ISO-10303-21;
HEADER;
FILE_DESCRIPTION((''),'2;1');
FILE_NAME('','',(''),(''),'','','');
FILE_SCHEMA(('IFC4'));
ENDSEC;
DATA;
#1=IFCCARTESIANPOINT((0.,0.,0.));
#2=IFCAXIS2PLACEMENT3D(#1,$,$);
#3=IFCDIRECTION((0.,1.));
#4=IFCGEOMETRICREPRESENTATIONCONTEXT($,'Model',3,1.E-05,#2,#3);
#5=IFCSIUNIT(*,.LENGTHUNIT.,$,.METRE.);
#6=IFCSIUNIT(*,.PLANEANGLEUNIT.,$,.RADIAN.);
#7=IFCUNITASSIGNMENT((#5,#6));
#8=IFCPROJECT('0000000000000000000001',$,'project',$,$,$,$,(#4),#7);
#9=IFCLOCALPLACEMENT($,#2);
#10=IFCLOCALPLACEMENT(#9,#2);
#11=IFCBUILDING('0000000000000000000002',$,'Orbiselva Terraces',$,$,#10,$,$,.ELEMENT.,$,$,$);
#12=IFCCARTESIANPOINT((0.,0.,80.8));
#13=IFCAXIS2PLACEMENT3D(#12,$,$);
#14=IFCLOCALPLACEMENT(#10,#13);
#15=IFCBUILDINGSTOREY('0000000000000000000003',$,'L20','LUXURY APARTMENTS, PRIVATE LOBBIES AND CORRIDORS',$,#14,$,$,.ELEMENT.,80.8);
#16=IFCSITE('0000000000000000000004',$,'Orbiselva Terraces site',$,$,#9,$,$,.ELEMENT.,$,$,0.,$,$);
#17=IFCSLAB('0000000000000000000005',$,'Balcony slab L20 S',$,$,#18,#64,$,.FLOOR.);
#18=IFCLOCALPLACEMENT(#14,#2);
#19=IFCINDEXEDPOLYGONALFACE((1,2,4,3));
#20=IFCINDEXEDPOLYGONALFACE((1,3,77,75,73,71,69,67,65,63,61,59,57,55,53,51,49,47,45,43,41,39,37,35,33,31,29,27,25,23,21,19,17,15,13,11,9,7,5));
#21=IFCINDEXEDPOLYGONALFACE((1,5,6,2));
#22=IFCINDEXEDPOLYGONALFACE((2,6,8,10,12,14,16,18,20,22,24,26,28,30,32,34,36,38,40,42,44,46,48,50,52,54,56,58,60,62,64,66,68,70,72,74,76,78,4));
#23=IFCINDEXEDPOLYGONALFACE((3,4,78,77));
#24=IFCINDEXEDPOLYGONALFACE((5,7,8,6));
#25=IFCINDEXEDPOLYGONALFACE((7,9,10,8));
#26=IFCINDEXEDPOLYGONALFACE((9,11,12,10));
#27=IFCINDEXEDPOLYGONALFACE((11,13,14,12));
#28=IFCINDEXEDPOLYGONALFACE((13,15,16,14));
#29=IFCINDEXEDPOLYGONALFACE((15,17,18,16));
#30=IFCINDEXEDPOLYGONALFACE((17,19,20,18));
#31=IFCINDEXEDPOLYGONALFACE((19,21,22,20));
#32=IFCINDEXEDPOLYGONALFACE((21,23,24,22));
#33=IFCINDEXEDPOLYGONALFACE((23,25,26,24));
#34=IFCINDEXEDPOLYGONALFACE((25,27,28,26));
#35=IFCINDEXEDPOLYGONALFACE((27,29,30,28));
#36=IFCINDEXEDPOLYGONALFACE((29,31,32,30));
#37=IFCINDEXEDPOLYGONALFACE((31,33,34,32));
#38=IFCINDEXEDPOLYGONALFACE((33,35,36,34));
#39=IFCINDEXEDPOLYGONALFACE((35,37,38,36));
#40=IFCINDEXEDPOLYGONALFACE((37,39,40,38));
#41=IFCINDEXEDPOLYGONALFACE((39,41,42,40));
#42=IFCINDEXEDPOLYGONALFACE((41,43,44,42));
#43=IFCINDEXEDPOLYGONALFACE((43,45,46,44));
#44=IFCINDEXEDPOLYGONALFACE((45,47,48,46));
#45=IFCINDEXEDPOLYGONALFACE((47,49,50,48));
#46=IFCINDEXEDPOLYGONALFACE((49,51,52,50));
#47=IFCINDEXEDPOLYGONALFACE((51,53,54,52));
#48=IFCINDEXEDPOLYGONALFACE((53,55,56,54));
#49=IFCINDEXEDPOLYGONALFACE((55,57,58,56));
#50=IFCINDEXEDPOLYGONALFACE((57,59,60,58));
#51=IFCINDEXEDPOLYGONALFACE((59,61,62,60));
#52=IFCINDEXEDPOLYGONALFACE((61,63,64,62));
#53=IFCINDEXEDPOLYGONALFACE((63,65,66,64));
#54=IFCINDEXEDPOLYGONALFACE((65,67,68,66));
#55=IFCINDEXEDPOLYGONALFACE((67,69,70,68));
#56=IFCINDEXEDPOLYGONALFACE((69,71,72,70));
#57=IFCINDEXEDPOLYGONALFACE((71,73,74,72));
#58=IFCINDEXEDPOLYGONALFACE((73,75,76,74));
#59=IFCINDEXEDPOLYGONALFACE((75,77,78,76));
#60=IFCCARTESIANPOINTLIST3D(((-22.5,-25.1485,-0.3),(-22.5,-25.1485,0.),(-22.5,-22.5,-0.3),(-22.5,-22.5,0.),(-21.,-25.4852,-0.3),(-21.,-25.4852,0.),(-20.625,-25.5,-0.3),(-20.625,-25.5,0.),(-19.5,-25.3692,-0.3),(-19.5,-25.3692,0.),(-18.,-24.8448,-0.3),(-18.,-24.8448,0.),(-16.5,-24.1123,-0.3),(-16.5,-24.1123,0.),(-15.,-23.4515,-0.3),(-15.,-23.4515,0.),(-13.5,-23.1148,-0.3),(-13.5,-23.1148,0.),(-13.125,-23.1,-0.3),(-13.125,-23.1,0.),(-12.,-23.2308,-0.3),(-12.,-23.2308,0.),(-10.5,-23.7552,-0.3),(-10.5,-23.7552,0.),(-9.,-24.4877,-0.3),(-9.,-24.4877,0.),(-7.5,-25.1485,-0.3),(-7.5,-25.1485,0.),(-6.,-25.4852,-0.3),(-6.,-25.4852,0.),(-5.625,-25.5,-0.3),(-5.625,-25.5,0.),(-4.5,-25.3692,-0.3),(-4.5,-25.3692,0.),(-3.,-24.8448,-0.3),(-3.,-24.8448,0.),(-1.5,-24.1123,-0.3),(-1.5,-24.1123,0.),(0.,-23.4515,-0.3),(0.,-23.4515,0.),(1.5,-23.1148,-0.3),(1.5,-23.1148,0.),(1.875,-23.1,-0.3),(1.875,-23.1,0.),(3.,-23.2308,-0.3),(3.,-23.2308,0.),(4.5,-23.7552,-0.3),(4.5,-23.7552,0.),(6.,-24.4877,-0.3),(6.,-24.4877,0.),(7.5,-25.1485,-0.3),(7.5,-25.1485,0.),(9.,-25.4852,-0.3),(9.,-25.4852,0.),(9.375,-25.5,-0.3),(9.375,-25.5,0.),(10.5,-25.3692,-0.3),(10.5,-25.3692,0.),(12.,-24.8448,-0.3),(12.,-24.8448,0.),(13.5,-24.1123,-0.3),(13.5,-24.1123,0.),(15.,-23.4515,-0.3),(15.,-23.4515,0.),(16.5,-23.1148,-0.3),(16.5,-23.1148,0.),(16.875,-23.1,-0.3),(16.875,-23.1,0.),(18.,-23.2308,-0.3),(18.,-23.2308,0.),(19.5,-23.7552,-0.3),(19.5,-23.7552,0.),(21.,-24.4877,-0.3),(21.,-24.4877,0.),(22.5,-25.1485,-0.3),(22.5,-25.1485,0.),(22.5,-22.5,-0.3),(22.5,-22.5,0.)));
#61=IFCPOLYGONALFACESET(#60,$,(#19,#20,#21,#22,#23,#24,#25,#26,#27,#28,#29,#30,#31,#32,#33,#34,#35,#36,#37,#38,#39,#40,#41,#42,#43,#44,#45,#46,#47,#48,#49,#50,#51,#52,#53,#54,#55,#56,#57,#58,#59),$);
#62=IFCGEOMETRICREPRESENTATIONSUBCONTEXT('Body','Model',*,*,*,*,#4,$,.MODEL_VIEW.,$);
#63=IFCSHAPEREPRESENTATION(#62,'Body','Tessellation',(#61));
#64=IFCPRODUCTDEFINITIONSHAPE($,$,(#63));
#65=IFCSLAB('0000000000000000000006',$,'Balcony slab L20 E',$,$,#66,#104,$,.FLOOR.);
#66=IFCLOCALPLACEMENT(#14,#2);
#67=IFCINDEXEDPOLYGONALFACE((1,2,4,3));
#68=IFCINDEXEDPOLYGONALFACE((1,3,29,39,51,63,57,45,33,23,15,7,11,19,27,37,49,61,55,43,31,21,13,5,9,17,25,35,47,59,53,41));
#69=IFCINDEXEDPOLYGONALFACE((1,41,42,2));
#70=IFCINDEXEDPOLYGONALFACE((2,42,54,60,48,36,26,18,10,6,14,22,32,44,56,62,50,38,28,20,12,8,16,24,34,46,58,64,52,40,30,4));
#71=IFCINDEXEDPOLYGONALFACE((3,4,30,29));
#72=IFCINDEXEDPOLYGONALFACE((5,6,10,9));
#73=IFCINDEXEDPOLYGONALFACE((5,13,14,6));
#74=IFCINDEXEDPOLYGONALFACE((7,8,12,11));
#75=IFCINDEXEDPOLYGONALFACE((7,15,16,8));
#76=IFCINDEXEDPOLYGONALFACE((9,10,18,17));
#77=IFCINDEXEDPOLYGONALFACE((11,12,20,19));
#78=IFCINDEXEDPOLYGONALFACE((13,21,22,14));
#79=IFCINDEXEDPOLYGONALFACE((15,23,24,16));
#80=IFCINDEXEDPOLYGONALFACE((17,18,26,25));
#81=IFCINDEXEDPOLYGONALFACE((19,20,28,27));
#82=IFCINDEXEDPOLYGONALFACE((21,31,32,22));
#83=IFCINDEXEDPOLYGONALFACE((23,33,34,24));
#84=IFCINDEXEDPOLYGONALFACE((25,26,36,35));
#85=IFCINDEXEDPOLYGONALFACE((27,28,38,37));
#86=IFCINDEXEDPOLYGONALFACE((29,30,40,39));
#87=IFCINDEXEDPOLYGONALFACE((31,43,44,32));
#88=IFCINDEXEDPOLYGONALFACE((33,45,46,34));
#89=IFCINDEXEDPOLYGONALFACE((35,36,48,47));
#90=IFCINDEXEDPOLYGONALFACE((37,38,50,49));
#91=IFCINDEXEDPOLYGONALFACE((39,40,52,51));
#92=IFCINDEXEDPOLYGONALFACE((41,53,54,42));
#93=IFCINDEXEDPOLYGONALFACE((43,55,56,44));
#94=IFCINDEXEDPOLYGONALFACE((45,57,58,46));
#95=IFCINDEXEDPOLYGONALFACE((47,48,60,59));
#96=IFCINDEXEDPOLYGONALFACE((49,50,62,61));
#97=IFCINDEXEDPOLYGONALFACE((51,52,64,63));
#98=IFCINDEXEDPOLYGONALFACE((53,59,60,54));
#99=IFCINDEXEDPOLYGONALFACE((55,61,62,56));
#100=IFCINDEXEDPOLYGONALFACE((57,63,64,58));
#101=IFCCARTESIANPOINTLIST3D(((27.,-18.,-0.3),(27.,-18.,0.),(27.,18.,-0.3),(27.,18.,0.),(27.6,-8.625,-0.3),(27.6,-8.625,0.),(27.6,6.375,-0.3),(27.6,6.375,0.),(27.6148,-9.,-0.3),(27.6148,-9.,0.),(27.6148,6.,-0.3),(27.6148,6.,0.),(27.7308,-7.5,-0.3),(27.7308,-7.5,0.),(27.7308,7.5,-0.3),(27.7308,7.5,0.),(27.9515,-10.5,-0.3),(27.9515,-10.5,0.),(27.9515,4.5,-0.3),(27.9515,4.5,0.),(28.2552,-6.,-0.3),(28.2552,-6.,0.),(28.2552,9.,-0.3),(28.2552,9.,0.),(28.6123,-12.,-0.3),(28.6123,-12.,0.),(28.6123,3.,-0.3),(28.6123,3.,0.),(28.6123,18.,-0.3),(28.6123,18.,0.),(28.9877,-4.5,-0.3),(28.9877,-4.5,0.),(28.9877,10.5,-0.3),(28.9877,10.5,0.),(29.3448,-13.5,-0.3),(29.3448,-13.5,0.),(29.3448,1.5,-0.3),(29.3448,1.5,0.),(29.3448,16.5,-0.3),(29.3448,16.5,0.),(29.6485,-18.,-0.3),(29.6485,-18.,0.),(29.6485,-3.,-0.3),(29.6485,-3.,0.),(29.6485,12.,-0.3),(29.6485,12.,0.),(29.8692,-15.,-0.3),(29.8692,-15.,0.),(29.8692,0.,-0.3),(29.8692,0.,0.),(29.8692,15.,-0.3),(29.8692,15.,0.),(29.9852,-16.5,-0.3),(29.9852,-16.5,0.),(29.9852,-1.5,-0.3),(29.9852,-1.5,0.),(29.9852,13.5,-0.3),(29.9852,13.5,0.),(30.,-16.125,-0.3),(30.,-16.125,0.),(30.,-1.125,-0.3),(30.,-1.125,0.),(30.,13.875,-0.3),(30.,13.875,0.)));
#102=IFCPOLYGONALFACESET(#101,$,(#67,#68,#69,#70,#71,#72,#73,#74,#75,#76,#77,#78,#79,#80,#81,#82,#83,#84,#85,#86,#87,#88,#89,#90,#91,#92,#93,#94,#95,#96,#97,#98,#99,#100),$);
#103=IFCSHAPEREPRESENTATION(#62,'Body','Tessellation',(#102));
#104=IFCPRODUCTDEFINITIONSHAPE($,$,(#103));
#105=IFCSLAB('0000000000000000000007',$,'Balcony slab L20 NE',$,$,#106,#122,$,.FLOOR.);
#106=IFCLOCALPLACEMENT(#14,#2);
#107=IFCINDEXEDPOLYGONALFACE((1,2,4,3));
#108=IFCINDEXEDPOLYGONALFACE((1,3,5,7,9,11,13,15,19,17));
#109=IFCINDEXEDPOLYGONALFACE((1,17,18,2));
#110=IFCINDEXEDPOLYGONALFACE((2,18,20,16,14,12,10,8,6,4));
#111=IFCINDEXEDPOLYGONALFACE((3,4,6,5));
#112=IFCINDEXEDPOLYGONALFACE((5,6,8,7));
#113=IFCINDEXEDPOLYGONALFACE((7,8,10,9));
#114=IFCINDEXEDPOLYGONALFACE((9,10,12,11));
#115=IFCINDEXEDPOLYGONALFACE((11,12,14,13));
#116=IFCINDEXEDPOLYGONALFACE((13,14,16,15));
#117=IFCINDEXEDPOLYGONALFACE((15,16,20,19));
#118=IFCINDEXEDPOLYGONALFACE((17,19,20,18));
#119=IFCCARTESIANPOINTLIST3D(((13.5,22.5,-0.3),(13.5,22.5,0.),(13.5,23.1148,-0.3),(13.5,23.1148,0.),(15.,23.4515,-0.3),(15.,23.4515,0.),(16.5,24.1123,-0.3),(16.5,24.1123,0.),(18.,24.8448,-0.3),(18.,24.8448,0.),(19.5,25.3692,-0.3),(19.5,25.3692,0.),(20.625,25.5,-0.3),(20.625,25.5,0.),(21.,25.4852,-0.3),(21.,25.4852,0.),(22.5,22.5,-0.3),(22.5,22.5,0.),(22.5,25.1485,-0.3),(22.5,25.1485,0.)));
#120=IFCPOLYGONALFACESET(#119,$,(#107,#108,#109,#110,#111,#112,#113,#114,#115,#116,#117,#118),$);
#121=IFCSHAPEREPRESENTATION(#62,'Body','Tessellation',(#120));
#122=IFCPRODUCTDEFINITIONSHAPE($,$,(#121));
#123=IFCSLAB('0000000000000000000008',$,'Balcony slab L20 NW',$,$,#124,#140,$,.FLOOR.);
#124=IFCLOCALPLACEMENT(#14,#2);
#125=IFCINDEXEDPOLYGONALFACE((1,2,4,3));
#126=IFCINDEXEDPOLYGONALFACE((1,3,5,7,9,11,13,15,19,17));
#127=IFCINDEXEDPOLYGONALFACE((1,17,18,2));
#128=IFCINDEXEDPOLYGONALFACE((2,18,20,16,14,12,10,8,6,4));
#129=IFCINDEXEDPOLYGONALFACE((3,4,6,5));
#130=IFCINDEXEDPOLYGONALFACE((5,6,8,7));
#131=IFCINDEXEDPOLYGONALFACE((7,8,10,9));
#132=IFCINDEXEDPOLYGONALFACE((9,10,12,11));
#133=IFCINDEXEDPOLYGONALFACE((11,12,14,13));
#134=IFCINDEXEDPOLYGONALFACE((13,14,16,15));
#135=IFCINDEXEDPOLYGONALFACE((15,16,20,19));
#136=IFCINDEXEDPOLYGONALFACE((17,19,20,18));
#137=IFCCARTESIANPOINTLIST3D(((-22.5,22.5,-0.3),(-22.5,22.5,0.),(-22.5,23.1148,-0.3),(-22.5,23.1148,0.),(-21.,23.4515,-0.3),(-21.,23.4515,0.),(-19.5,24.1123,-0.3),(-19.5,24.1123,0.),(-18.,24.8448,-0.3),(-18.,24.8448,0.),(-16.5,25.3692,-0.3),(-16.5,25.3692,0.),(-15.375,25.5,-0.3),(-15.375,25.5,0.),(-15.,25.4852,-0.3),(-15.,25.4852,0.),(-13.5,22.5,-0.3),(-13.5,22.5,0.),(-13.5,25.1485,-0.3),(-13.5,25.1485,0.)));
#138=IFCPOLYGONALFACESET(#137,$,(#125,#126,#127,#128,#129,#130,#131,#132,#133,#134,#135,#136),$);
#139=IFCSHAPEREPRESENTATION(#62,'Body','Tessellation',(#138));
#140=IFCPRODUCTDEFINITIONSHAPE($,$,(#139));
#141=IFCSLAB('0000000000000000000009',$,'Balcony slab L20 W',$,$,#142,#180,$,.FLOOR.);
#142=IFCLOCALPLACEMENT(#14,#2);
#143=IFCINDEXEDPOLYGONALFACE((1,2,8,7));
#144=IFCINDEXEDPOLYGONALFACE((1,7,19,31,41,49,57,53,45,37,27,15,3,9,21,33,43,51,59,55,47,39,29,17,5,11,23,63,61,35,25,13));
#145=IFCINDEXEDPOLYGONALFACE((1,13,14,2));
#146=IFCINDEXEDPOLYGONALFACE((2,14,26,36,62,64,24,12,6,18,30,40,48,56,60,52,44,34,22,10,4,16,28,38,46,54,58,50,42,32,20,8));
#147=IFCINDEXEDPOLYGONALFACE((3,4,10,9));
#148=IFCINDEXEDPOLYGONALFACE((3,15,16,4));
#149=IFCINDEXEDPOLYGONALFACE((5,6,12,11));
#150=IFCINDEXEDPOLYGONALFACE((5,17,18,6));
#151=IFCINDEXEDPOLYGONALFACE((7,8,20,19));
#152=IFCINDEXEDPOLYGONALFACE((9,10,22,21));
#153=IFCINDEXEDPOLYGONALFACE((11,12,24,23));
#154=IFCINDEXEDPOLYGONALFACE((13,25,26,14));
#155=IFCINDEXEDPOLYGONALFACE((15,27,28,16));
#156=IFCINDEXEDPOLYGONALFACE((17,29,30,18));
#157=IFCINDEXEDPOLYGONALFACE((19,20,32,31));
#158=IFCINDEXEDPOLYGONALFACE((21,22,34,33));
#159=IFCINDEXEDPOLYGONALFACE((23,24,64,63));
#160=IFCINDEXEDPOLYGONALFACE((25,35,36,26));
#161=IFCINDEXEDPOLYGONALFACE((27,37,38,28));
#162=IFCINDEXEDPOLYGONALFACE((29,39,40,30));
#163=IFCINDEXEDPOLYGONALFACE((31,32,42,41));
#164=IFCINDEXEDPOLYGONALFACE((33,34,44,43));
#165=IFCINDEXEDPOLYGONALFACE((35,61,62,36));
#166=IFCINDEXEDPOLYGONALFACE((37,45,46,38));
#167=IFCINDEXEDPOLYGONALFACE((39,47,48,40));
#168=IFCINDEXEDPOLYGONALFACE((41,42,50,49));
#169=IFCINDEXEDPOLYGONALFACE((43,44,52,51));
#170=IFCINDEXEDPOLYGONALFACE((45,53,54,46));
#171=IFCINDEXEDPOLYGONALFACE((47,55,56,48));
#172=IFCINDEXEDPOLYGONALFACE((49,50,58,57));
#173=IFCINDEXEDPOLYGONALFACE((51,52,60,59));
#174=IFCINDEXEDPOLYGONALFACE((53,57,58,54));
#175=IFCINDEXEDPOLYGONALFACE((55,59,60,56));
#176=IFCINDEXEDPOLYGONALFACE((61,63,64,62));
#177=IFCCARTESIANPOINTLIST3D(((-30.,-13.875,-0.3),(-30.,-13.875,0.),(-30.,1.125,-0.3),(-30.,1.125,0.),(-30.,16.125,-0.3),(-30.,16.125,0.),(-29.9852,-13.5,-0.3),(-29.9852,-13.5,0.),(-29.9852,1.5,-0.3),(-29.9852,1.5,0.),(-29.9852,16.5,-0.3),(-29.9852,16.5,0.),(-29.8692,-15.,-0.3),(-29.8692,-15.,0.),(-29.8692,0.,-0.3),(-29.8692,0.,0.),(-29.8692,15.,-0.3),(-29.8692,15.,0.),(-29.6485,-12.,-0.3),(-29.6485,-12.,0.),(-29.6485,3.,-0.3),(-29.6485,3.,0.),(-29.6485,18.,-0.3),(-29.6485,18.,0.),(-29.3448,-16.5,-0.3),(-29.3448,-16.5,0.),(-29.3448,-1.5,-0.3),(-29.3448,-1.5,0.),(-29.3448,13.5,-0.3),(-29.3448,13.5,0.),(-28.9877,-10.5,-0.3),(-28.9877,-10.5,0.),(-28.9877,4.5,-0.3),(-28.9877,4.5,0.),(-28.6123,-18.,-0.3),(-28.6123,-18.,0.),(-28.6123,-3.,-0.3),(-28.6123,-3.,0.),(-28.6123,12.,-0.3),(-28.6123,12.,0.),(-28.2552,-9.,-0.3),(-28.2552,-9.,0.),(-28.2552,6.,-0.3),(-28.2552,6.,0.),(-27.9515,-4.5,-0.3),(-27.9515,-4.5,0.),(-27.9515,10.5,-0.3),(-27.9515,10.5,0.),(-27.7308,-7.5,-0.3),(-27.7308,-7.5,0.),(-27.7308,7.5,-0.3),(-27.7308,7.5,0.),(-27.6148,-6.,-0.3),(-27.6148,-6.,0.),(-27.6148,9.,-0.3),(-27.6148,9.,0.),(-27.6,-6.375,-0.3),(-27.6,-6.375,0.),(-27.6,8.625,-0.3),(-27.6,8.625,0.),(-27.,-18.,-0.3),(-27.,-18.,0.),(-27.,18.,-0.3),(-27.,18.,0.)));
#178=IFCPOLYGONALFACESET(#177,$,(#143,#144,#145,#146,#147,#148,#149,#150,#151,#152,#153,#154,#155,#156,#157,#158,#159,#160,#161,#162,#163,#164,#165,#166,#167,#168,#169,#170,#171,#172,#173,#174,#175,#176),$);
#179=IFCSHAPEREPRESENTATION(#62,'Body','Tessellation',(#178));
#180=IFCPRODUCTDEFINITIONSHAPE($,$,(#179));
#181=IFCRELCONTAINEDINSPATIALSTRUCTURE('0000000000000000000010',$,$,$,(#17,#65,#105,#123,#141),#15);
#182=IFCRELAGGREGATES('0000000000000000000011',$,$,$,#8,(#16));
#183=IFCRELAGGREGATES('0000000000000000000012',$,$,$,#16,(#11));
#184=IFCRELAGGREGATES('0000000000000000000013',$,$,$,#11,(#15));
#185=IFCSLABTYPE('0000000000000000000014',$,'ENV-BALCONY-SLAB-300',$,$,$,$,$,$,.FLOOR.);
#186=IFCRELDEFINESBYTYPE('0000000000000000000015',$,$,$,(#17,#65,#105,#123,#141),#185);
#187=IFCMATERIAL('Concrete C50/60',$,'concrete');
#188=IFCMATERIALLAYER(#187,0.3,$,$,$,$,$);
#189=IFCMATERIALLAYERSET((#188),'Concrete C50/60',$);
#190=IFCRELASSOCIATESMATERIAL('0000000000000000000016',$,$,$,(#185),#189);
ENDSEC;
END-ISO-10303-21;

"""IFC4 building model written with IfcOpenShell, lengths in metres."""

from ifc_helpers import new_model, si_unit, direction, frame, origin, place, context, subcontext, project, spatial, polyline, outline, extrude, material, layer, layer_set, type_object, element, save


model = new_model("IFC4")

# Units and contexts
model_context = context("Model", 3, precision=1e-05, world=origin(), true_north=direction((0.0, 1.0)))
body_context = subcontext(model_context, "Body", "Model", "MODEL_VIEW")
ifc_project = project(units=[si_unit("LENGTHUNIT", "METRE"), si_unit("PLANEANGLEUNIT", "RADIAN")], contexts=[model_context])

# Site, building, storey
site_placement = place(None, origin())
site = spatial("IfcSite", under=ifc_project, at=site_placement, Name="Orbiselva Terraces site", CompositionType="ELEMENT", RefElevation=0.0)
building_placement = place(site_placement, origin())
building = spatial("IfcBuilding", under=site, at=building_placement, Name="Orbiselva Terraces", CompositionType="ELEMENT")
storey_placement = place(building_placement, frame((0.0, 0.0, 80.8)))
storey = spatial("IfcBuildingStorey", under=building, at=storey_placement, Name="L20", Description="LUXURY APARTMENTS, PRIVATE LOBBIES AND CORRIDORS", CompositionType="ELEMENT", Elevation=80.8)

# Slabs
ifc_material_1 = material(Name="Concrete C50/60", Category="concrete")
ifc_layer_1 = layer(ifc_material_1, 0.3)
ifc_layer_set_1 = layer_set([ifc_layer_1], Name="Concrete C50/60")
slab_type_1 = type_object("IfcSlabType", Name="ENV-BALCONY-SLAB-300", PredefinedType="FLOOR", material=ifc_layer_set_1)
slab_1_placement = place(storey_placement, frame((0.0, 0.0, -0.3)))
element("IfcSlab", 1, at=slab_1_placement, inside=storey, type_object=slab_type_1, Name="Balcony slab L20 S", PredefinedType="FLOOR", context=body_context, shape_type="SweptSolid", body=[
    extrude(outline(polyline([(-22.5, -25.1485), (-21.0, -25.4852), (-20.625, -25.5), (-19.5, -25.3692), (-18.0, -24.8448), (-16.5, -24.1123), (-15.0, -23.4515), (-13.5, -23.1148), (-13.125, -23.1), (-12.0, -23.2308), (-10.5, -23.7552), (-9.0, -24.4877), (-7.5, -25.1485), (-6.0, -25.4852), (-5.625, -25.5), (-4.5, -25.3692), (-3.0, -24.8448), (-1.5, -24.1123), (0.0, -23.4515), (1.5, -23.1148), (1.875, -23.1), (3.0, -23.2308), (4.5, -23.7552), (6.0, -24.4877), (7.5, -25.1485), (9.0, -25.4852), (9.375, -25.5), (10.5, -25.3692), (12.0, -24.8448), (13.5, -24.1123), (15.0, -23.4515), (16.5, -23.1148), (16.875, -23.1), (18.0, -23.2308), (19.5, -23.7552), (21.0, -24.4877), (22.5, -25.1485), (22.5, -22.5), (-22.5, -22.5), (-22.5, -25.1485)])), origin(), (0.0, 0.0, 1.0), 0.3),
])
slab_2_placement = place(storey_placement, frame((0.0, 0.0, -0.3)))
element("IfcSlab", 2, at=slab_2_placement, inside=storey, type_object=slab_type_1, Name="Balcony slab L20 E", PredefinedType="FLOOR", context=body_context, shape_type="SweptSolid", body=[
    extrude(outline(polyline([(29.6485, -18.0), (29.9852, -16.5), (30.0, -16.125), (29.8692, -15.0), (29.3448, -13.5), (28.6123, -12.0), (27.9515, -10.5), (27.6148, -9.0), (27.6, -8.625), (27.7308, -7.5), (28.2552, -6.0), (28.9877, -4.5), (29.6485, -3.0), (29.9852, -1.5), (30.0, -1.125), (29.8692, 0.0), (29.3448, 1.5), (28.6123, 3.0), (27.9515, 4.5), (27.6148, 6.0), (27.6, 6.375), (27.7308, 7.5), (28.2552, 9.0), (28.9877, 10.5), (29.6485, 12.0), (29.9852, 13.5), (30.0, 13.875), (29.8692, 15.0), (29.3448, 16.5), (28.6123, 18.0), (27.0, 18.0), (27.0, -18.0), (29.6485, -18.0)])), origin(), (0.0, 0.0, 1.0), 0.3),
])
slab_3_placement = place(storey_placement, frame((0.0, 0.0, -0.3)))
element("IfcSlab", 3, at=slab_3_placement, inside=storey, type_object=slab_type_1, Name="Balcony slab L20 NE", PredefinedType="FLOOR", context=body_context, shape_type="SweptSolid", body=[
    extrude(outline(polyline([(22.5, 25.1485), (21.0, 25.4852), (20.625, 25.5), (19.5, 25.3692), (18.0, 24.8448), (16.5, 24.1123), (15.0, 23.4515), (13.5, 23.1148), (13.5, 22.5), (22.5, 22.5), (22.5, 25.1485)])), origin(), (0.0, 0.0, 1.0), 0.3),
])
slab_4_placement = place(storey_placement, frame((0.0, 0.0, -0.3)))
element("IfcSlab", 4, at=slab_4_placement, inside=storey, type_object=slab_type_1, Name="Balcony slab L20 NW", PredefinedType="FLOOR", context=body_context, shape_type="SweptSolid", body=[
    extrude(outline(polyline([(-13.5, 25.1485), (-15.0, 25.4852), (-15.375, 25.5), (-16.5, 25.3692), (-18.0, 24.8448), (-19.5, 24.1123), (-21.0, 23.4515), (-22.5, 23.1148), (-22.5, 22.5), (-13.5, 22.5), (-13.5, 25.1485)])), origin(), (0.0, 0.0, 1.0), 0.3),
])
slab_5_placement = place(storey_placement, frame((0.0, 0.0, -0.3)))
element("IfcSlab", 5, at=slab_5_placement, inside=storey, type_object=slab_type_1, Name="Balcony slab L20 W", PredefinedType="FLOOR", context=body_context, shape_type="SweptSolid", body=[
    extrude(outline(polyline([(-29.6485, 18.0), (-29.9852, 16.5), (-30.0, 16.125), (-29.8692, 15.0), (-29.3448, 13.5), (-28.6123, 12.0), (-27.9515, 10.5), (-27.6148, 9.0), (-27.6, 8.625), (-27.7308, 7.5), (-28.2552, 6.0), (-28.9877, 4.5), (-29.6485, 3.0), (-29.9852, 1.5), (-30.0, 1.125), (-29.8692, 0.0), (-29.3448, -1.5), (-28.6123, -3.0), (-27.9515, -4.5), (-27.6148, -6.0), (-27.6, -6.375), (-27.7308, -7.5), (-28.2552, -9.0), (-28.9877, -10.5), (-29.6485, -12.0), (-29.9852, -13.5), (-30.0, -13.875), (-29.8692, -15.0), (-29.3448, -16.5), (-28.6123, -18.0), (-27.0, -18.0), (-27.0, 18.0), (-29.6485, 18.0)])), origin(), (0.0, 0.0, 1.0), 0.3),
])

save(model, "model.ifc")
